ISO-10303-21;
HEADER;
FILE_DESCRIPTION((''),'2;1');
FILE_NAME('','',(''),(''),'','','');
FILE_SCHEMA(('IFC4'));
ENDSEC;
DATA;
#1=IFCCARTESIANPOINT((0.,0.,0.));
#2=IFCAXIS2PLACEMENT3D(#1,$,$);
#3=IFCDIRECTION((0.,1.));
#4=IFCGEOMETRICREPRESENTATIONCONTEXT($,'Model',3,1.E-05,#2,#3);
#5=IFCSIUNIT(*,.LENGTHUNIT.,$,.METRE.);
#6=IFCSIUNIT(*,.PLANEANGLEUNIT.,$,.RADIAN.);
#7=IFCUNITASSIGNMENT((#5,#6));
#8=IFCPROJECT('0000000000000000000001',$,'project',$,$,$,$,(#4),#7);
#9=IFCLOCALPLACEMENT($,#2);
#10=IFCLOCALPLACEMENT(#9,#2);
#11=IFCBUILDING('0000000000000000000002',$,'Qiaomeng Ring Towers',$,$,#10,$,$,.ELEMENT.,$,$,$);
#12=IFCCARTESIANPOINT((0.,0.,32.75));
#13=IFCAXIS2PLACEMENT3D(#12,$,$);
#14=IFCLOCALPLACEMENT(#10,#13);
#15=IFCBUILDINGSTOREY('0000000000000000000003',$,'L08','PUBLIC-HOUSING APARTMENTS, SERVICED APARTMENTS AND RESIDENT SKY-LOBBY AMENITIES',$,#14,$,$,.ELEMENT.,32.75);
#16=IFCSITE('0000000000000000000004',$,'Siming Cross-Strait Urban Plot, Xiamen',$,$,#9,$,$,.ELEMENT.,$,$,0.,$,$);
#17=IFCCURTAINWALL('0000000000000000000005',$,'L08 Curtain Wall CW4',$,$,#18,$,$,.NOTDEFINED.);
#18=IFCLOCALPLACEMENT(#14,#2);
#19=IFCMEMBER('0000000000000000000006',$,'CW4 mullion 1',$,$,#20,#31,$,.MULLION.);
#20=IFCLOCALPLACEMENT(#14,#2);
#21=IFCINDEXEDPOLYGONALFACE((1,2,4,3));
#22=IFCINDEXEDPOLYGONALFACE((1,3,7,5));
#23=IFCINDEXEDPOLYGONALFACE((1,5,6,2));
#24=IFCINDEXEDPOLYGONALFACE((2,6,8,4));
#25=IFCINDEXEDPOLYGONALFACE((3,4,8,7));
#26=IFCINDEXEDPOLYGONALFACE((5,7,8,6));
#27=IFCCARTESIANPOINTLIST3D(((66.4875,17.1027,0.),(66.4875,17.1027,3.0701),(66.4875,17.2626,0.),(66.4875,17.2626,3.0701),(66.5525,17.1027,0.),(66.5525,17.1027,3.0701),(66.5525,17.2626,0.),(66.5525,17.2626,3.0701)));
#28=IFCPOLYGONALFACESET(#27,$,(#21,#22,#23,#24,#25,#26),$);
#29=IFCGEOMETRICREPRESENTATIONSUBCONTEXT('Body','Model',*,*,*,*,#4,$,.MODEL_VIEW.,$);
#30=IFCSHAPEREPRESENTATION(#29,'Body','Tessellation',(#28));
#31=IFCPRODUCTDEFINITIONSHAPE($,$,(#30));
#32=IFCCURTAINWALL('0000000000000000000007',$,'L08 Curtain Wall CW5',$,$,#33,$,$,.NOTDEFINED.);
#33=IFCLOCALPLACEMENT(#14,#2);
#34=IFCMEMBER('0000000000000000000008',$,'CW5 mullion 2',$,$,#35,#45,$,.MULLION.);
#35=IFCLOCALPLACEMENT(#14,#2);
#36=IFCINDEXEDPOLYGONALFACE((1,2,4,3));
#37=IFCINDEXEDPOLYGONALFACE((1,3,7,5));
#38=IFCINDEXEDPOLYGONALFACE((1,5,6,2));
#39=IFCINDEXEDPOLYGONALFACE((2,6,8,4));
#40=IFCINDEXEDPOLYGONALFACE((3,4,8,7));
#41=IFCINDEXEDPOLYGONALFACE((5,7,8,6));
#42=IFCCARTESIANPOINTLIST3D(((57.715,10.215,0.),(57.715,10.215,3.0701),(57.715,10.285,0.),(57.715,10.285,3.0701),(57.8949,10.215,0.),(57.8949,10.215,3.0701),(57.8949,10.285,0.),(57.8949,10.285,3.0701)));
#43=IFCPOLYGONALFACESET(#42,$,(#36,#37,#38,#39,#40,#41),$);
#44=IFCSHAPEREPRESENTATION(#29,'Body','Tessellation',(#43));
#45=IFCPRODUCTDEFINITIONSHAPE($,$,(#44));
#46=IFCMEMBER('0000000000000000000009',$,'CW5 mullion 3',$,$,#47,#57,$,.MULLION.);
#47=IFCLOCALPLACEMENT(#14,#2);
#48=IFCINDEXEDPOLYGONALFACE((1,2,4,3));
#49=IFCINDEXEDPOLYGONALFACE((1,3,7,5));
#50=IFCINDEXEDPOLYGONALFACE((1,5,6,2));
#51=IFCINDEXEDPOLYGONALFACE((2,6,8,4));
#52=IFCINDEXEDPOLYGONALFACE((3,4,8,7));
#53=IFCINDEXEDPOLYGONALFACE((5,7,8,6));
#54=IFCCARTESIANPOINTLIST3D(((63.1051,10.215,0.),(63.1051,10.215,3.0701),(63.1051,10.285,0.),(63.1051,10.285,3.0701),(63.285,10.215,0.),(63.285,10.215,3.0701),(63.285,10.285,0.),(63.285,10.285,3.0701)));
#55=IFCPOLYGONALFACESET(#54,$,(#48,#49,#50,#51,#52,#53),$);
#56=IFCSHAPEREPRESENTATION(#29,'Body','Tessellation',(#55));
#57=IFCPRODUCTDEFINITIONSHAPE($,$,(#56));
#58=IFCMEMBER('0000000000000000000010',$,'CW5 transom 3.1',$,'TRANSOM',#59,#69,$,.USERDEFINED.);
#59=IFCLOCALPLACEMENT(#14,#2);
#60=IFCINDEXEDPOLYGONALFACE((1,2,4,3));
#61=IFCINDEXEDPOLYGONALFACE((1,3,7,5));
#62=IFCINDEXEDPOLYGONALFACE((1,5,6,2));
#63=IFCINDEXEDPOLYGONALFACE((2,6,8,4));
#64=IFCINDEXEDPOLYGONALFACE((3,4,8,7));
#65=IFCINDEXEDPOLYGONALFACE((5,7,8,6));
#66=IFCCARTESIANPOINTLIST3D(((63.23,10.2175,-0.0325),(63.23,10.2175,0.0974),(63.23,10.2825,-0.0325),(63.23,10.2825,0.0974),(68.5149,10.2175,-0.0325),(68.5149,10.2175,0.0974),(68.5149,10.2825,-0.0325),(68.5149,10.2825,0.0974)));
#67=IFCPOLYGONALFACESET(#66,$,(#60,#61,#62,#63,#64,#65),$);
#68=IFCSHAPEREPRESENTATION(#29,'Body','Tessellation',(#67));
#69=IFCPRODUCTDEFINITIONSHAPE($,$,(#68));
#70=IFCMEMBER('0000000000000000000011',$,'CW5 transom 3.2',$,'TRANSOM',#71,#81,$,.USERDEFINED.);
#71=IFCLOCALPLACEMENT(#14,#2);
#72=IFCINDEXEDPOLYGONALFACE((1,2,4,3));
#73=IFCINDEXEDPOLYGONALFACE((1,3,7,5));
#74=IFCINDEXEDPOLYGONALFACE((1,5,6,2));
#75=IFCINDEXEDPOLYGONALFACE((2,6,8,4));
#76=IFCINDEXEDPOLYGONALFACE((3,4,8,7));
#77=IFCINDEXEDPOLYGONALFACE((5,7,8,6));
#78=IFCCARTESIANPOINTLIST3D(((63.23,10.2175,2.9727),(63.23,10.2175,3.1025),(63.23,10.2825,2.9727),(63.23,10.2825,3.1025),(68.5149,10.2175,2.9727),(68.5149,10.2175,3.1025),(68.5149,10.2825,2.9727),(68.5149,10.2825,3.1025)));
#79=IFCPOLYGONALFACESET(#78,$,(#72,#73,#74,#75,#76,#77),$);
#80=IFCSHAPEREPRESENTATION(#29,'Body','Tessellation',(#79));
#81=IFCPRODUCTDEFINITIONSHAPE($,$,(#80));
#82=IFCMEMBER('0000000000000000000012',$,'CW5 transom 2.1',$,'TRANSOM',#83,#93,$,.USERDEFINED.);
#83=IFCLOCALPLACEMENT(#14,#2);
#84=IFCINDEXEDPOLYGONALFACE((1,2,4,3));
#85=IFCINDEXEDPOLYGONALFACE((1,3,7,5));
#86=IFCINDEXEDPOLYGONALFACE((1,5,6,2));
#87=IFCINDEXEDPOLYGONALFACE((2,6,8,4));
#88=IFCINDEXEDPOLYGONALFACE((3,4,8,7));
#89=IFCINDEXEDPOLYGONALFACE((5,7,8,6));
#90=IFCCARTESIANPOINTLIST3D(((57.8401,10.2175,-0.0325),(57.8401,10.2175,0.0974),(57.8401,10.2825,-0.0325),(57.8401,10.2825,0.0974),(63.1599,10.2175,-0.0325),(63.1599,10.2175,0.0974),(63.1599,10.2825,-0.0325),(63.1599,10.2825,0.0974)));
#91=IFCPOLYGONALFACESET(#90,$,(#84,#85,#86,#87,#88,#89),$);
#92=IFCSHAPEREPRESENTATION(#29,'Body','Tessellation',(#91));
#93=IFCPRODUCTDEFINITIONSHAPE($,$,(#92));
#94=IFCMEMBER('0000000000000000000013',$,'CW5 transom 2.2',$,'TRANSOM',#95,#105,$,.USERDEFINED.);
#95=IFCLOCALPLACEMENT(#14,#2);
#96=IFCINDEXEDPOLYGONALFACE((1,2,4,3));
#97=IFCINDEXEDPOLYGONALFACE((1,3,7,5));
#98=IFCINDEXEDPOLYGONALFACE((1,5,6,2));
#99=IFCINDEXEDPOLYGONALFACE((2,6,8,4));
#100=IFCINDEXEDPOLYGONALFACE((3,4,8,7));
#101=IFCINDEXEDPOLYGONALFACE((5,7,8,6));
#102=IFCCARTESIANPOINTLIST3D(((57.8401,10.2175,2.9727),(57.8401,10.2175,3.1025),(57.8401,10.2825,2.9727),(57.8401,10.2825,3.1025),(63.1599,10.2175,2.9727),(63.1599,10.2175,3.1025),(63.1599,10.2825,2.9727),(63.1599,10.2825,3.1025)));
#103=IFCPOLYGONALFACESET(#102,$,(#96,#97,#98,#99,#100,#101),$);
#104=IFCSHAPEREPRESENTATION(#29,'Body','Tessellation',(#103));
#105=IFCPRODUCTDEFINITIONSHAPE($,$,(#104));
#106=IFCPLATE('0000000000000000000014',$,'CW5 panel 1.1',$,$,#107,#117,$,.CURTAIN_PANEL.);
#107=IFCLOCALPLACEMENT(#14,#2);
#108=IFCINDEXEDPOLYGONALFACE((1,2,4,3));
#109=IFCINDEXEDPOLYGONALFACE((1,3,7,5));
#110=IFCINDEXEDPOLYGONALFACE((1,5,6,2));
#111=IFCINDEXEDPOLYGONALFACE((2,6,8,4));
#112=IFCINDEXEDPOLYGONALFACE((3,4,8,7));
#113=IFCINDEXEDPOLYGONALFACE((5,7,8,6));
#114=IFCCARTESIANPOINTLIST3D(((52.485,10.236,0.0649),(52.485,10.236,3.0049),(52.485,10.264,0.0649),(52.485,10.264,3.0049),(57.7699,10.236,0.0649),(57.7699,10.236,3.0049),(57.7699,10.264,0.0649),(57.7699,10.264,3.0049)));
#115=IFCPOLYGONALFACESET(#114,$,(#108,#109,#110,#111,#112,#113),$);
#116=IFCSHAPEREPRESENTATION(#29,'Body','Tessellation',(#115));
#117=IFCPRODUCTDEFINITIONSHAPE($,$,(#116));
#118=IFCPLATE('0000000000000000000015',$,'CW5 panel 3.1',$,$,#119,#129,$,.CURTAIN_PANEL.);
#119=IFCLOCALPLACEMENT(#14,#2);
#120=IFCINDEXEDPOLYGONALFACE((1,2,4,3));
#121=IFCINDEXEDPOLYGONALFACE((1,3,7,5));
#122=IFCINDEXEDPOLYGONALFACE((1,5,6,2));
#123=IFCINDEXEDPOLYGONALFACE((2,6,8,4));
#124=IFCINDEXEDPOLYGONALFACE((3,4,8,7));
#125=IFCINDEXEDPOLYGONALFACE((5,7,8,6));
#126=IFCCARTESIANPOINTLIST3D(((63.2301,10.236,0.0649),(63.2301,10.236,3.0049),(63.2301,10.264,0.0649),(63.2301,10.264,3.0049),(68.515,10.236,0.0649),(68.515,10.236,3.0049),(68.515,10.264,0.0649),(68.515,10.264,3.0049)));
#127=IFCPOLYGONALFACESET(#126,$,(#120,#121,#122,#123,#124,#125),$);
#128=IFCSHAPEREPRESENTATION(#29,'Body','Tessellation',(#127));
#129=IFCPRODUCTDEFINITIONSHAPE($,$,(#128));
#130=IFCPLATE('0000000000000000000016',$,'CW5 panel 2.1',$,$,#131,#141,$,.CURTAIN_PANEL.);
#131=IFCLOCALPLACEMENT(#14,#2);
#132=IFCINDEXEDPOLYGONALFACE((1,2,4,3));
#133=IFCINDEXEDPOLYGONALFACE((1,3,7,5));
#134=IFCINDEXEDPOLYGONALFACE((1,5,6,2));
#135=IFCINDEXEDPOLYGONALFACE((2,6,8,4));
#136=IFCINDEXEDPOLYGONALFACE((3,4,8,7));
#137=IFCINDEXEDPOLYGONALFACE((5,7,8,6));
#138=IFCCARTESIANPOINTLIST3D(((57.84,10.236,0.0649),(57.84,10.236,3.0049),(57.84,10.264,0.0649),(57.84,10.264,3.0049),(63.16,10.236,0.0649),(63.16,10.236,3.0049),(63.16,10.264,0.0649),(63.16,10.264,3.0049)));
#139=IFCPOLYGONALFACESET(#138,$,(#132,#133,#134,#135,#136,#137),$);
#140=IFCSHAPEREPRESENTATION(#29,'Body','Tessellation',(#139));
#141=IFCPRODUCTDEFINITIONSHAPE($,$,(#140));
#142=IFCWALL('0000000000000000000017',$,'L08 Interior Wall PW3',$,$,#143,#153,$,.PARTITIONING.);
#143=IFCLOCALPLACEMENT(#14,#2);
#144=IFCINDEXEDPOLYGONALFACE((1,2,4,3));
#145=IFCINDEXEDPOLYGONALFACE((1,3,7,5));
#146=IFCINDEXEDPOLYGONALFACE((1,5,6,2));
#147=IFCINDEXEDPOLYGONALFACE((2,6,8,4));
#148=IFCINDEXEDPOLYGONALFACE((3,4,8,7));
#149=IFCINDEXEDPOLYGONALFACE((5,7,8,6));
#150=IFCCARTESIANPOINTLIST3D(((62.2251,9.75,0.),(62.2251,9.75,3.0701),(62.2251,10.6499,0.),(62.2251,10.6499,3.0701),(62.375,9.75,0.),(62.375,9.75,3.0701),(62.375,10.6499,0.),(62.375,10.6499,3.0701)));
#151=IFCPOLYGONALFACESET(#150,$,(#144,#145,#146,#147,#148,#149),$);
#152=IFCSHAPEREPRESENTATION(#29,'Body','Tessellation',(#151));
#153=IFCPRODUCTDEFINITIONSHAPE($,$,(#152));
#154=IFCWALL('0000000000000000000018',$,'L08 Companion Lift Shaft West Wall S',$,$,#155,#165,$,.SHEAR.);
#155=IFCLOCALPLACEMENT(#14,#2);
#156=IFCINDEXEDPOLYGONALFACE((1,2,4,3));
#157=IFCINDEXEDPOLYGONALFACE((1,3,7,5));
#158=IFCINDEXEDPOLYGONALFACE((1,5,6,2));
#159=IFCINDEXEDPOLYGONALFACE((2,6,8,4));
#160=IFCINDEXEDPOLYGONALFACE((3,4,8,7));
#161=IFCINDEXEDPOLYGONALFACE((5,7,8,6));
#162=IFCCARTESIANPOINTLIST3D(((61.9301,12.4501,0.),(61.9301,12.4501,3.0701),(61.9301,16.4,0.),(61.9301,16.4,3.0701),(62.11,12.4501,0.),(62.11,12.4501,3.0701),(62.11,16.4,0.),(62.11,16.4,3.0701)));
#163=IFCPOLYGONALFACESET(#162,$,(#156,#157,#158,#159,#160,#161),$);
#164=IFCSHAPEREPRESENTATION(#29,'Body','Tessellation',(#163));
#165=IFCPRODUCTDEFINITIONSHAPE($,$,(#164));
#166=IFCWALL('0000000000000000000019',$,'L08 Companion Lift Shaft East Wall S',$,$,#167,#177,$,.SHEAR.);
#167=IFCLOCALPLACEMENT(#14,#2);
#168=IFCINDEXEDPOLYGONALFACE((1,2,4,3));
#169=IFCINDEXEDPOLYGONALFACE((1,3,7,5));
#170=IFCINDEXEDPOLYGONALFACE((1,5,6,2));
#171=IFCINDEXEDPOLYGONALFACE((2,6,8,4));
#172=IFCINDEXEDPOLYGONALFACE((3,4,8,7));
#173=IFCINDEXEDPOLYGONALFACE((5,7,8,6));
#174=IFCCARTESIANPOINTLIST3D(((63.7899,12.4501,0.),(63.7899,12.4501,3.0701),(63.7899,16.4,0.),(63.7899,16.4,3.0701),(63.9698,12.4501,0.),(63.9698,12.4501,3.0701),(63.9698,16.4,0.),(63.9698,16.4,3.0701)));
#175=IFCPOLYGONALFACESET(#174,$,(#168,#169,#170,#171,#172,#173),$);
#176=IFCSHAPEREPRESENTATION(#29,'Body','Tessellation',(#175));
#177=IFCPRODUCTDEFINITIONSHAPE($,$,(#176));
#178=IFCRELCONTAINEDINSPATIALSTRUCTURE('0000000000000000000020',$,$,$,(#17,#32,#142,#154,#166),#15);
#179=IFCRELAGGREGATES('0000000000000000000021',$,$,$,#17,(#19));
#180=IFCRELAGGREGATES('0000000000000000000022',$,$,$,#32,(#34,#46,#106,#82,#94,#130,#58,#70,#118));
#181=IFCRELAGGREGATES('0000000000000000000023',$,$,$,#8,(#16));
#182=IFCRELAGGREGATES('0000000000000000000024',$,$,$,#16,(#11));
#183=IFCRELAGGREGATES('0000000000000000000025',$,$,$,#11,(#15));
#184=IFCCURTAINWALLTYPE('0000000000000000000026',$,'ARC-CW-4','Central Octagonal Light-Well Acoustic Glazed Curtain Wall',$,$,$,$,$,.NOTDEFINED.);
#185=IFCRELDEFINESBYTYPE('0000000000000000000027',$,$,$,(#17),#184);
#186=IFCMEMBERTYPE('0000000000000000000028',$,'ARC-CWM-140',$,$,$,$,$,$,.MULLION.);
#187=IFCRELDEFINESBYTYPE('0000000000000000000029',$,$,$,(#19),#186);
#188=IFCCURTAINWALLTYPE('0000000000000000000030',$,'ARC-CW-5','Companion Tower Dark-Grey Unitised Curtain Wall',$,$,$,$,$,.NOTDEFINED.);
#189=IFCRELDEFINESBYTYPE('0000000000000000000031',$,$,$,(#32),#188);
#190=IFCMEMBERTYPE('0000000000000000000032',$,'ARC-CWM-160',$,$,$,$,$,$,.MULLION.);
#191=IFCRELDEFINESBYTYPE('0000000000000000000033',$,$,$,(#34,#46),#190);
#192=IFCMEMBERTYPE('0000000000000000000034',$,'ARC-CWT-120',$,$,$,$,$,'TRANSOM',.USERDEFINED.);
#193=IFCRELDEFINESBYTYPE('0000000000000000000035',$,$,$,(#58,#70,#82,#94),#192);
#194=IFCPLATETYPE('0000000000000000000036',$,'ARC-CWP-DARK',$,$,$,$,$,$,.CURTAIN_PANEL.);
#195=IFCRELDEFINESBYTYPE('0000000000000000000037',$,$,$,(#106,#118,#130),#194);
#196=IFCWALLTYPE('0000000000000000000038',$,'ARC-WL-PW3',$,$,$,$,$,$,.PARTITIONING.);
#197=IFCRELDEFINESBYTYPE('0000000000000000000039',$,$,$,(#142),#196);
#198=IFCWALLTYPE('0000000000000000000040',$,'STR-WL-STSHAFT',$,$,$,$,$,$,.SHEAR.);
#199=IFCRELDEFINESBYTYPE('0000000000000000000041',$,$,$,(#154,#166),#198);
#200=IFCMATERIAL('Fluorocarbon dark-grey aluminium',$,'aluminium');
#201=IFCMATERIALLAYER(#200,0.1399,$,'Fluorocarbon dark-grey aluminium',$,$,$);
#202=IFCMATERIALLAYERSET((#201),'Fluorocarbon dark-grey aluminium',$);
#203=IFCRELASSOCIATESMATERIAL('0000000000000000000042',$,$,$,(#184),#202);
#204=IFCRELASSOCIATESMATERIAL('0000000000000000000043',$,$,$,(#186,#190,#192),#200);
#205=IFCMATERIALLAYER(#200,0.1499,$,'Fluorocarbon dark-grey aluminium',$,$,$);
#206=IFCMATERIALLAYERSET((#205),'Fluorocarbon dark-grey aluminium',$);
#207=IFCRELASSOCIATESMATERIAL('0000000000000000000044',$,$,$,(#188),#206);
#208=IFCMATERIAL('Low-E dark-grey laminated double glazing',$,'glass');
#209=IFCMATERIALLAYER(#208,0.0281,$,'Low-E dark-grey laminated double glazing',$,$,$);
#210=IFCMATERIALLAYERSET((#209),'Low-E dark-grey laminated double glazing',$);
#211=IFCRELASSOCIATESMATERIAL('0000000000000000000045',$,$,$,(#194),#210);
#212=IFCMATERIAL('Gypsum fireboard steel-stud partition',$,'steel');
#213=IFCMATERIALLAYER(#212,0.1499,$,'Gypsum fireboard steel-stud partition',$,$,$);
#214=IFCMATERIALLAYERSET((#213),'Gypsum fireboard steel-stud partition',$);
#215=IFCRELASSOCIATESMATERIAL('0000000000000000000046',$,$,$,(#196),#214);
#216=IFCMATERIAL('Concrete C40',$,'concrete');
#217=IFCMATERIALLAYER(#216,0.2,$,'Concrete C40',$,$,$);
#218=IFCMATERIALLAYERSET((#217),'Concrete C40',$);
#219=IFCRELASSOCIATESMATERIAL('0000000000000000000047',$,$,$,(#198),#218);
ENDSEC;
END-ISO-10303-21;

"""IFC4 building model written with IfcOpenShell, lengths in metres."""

from ifc_helpers import new_model, si_unit, direction, frame, frame_2d, origin, origin_2d, place, context, subcontext, project, spatial, rectangle, extrude, source, transform, mapped, material, layer, layer_set, material_profile, profile_set, type_object, element, aggregate, save


model = new_model("IFC4")

# Units and contexts
model_context = context("Model", 3, precision=1e-05, world=origin(), true_north=direction((0.0, 1.0)))
body_context = subcontext(model_context, "Body", "Model", "MODEL_VIEW")
ifc_project = project(units=[si_unit("LENGTHUNIT", "METRE"), si_unit("PLANEANGLEUNIT", "RADIAN")], contexts=[model_context])

# Site, building, storey
site_placement = place(None, origin())
site = spatial("IfcSite", under=ifc_project, at=site_placement, Name="Siming Cross-Strait Urban Plot, Xiamen", CompositionType="ELEMENT", RefElevation=0.0)
building_placement = place(site_placement, origin())
building = spatial("IfcBuilding", under=site, at=building_placement, Name="Qiaomeng Ring Towers", CompositionType="ELEMENT")
storey_placement = place(building_placement, frame((0.0, 0.0, 32.75)))
storey = spatial("IfcBuildingStorey", under=building, at=storey_placement, Name="L08", Description="PUBLIC-HOUSING APARTMENTS, SERVICED APARTMENTS AND RESIDENT SKY-LOBBY AMENITIES", CompositionType="ELEMENT", Elevation=32.75)

# Curtain wall, member
ifc_material_1 = material(Name="Fluorocarbon dark-grey aluminium", Category="aluminium")
ifc_layer_1 = layer(ifc_material_1, 0.1399, Name="Fluorocarbon dark-grey aluminium")
ifc_layer_set_1 = layer_set([ifc_layer_1], Name="Fluorocarbon dark-grey aluminium")
curtain_wall_type_1 = type_object("IfcCurtainWallType", Name="ARC-CW-4", Description="Central Octagonal Light-Well Acoustic Glazed Curtain Wall", PredefinedType="NOTDEFINED", material=ifc_layer_set_1)
curtain_wall_1_placement = place(storey_placement, origin())
curtain_wall_1 = element("IfcCurtainWall", 1, at=curtain_wall_1_placement, inside=storey, type_object=curtain_wall_type_1, Name="L08 Curtain Wall CW4", PredefinedType="NOTDEFINED")
ifc_material_profile_1 = material_profile(ifc_material_1, rectangle(XDim=0.0649, YDim=0.1599, at=origin_2d()), Name="ALU MULL 65x160")
ifc_profile_set_1 = profile_set([ifc_material_profile_1], Name="Fluorocarbon dark-grey aluminium")
member_type_1 = type_object("IfcMemberType", Name="ARC-CWM-140", PredefinedType="MULLION", material=ifc_profile_set_1)
shared_shape_1 = source(origin(), body_context, "Body", "SweptSolid", [
    extrude(rectangle(XDim=0.0649, YDim=0.1599, at=origin_2d()), origin(), (0.0, 0.0, 1.0), 3.0701),
])
member_1_placement = place(storey_placement, frame((66.52, 17.1826, 0.0), z_axis=(0.0, 0.0, 1.0), x_axis=(-1.0, 0.0, 0.0)))
member_1 = element("IfcMember", 2, at=member_1_placement, type_object=member_type_1, Name="CW4 mullion 1", PredefinedType="MULLION", context=body_context, shape_type="MappedRepresentation", body=[
    mapped(shared_shape_1, transform((0.0, 0.0, 0.0), x_axis=(1.0, 0.0, 0.0), y_axis=(0.0, 1.0, 0.0), z_axis=(0.0, 0.0, 1.0), scale=1.0)),
])
aggregate(curtain_wall_1, [member_1])

# Curtain wall, members, plates
ifc_layer_2 = layer(ifc_material_1, 0.1499, Name="Fluorocarbon dark-grey aluminium")
ifc_layer_set_2 = layer_set([ifc_layer_2], Name="Fluorocarbon dark-grey aluminium")
curtain_wall_type_2 = type_object("IfcCurtainWallType", Name="ARC-CW-5", Description="Companion Tower Dark-Grey Unitised Curtain Wall", PredefinedType="NOTDEFINED", material=ifc_layer_set_2)
curtain_wall_2_placement = place(storey_placement, origin())
curtain_wall_2 = element("IfcCurtainWall", 3, at=curtain_wall_2_placement, inside=storey, type_object=curtain_wall_type_2, Name="L08 Curtain Wall CW5", PredefinedType="NOTDEFINED")
ifc_material_profile_2 = material_profile(ifc_material_1, rectangle(XDim=0.0701, YDim=0.1799, at=origin_2d()), Name="ALU MULL 70x180")
ifc_profile_set_2 = profile_set([ifc_material_profile_2], Name="Fluorocarbon dark-grey aluminium")
member_type_2 = type_object("IfcMemberType", Name="ARC-CWM-160", PredefinedType="MULLION", material=ifc_profile_set_2)
shared_shape_2 = source(origin(), body_context, "Body", "SweptSolid", [
    extrude(rectangle(XDim=0.0701, YDim=0.1799, at=origin_2d()), origin(), (0.0, 0.0, 1.0), 3.0701),
])
member_2_placement = place(storey_placement, frame((57.8049, 10.25, 0.0), z_axis=(0.0, 0.0, 1.0), x_axis=(0.0, 1.0, 0.0)))
member_2 = element("IfcMember", 4, at=member_2_placement, type_object=member_type_2, Name="CW5 mullion 2", PredefinedType="MULLION", context=body_context, shape_type="MappedRepresentation", body=[
    mapped(shared_shape_2, transform((0.0, 0.0, 0.0), x_axis=(1.0, 0.0, 0.0), y_axis=(0.0, 1.0, 0.0), z_axis=(0.0, 0.0, 1.0), scale=1.0)),
])
member_3_placement = place(storey_placement, frame((63.1951, 10.25, 0.0), z_axis=(0.0, 0.0, 1.0), x_axis=(0.0, 1.0, 0.0)))
member_3 = element("IfcMember", 5, at=member_3_placement, type_object=member_type_2, Name="CW5 mullion 3", PredefinedType="MULLION", context=body_context, shape_type="MappedRepresentation", body=[
    mapped(shared_shape_2, transform((0.0, 0.0, 0.0), x_axis=(1.0, 0.0, 0.0), y_axis=(0.0, 1.0, 0.0), z_axis=(0.0, 0.0, 1.0), scale=1.0)),
])
ifc_material_profile_3 = material_profile(ifc_material_1, rectangle(XDim=0.0649, YDim=0.1299, at=origin_2d()), Name="ALU TRAN 65x130")
ifc_profile_set_3 = profile_set([ifc_material_profile_3], Name="Fluorocarbon dark-grey aluminium")
member_type_3 = type_object("IfcMemberType", Name="ARC-CWT-120", ElementType="TRANSOM", PredefinedType="USERDEFINED", material=ifc_profile_set_3)
shared_shape_3 = source(origin(), body_context, "Body", "SweptSolid", [
    extrude(rectangle(XDim=0.0649, YDim=0.1299, at=origin_2d()), origin(), (0.0, 0.0, 1.0), 5.2849),
])
member_4_placement = place(storey_placement, frame((63.23, 10.25, 0.0325), z_axis=(1.0, 0.0, 0.0), x_axis=(0.0, 1.0, 0.0)))
member_4 = element("IfcMember", 6, at=member_4_placement, type_object=member_type_3, Name="CW5 transom 3.1", ObjectType="TRANSOM", PredefinedType="USERDEFINED", context=body_context, shape_type="MappedRepresentation", body=[
    mapped(shared_shape_3, transform((0.0, 0.0, 0.0), x_axis=(1.0, 0.0, 0.0), y_axis=(0.0, 1.0, 0.0), z_axis=(0.0, 0.0, 1.0), scale=1.0)),
])
member_5_placement = place(storey_placement, frame((63.23, 10.25, 3.0376), z_axis=(1.0, 0.0, 0.0), x_axis=(0.0, 1.0, 0.0)))
member_5 = element("IfcMember", 7, at=member_5_placement, type_object=member_type_3, Name="CW5 transom 3.2", ObjectType="TRANSOM", PredefinedType="USERDEFINED", context=body_context, shape_type="MappedRepresentation", body=[
    mapped(shared_shape_3, transform((0.0, 0.0, 0.0), x_axis=(1.0, 0.0, 0.0), y_axis=(0.0, 1.0, 0.0), z_axis=(0.0, 0.0, 1.0), scale=1.0)),
])
shared_shape_4 = source(origin(), body_context, "Body", "SweptSolid", [
    extrude(rectangle(XDim=0.0649, YDim=0.1299, at=origin_2d()), origin(), (0.0, 0.0, 1.0), 5.3198),
])
member_6_placement = place(storey_placement, frame((57.8401, 10.25, 0.0325), z_axis=(1.0, 0.0, 0.0), x_axis=(0.0, 1.0, 0.0)))
member_6 = element("IfcMember", 8, at=member_6_placement, type_object=member_type_3, Name="CW5 transom 2.1", ObjectType="TRANSOM", PredefinedType="USERDEFINED", context=body_context, shape_type="MappedRepresentation", body=[
    mapped(shared_shape_4, transform((0.0, 0.0, 0.0), x_axis=(1.0, 0.0, 0.0), y_axis=(0.0, 1.0, 0.0), z_axis=(0.0, 0.0, 1.0), scale=1.0)),
])
member_7_placement = place(storey_placement, frame((57.8401, 10.25, 3.0376), z_axis=(1.0, 0.0, 0.0), x_axis=(0.0, 1.0, 0.0)))
member_7 = element("IfcMember", 9, at=member_7_placement, type_object=member_type_3, Name="CW5 transom 2.2", ObjectType="TRANSOM", PredefinedType="USERDEFINED", context=body_context, shape_type="MappedRepresentation", body=[
    mapped(shared_shape_4, transform((0.0, 0.0, 0.0), x_axis=(1.0, 0.0, 0.0), y_axis=(0.0, 1.0, 0.0), z_axis=(0.0, 0.0, 1.0), scale=1.0)),
])
ifc_material_2 = material(Name="Low-E dark-grey laminated double glazing", Category="glass")
ifc_layer_3 = layer(ifc_material_2, 0.0281, Name="Low-E dark-grey laminated double glazing")
ifc_layer_set_3 = layer_set([ifc_layer_3], Name="Low-E dark-grey laminated double glazing")
plate_type = type_object("IfcPlateType", Name="ARC-CWP-DARK", PredefinedType="CURTAIN_PANEL", material=ifc_layer_set_3)
shared_shape_5 = source(origin(), body_context, "Body", "SweptSolid", [
    extrude(rectangle(XDim=5.2849, YDim=0.0281, at=origin_2d()), origin(), (0.0, 0.0, 1.0), 2.9399),
])
plate_1_placement = place(storey_placement, frame((55.1274, 10.25, 0.0649), z_axis=(0.0, 0.0, 1.0), x_axis=(1.0, 0.0, 0.0)))
plate_1 = element("IfcPlate", 10, at=plate_1_placement, type_object=plate_type, Name="CW5 panel 1.1", PredefinedType="CURTAIN_PANEL", context=body_context, shape_type="MappedRepresentation", body=[
    mapped(shared_shape_5, transform((0.0, 0.0, 0.0), x_axis=(1.0, 0.0, 0.0), y_axis=(0.0, 1.0, 0.0), z_axis=(0.0, 0.0, 1.0), scale=1.0)),
])
plate_2_placement = place(storey_placement, frame((65.8726, 10.25, 0.0649), z_axis=(0.0, 0.0, 1.0), x_axis=(1.0, 0.0, 0.0)))
plate_2 = element("IfcPlate", 11, at=plate_2_placement, type_object=plate_type, Name="CW5 panel 3.1", PredefinedType="CURTAIN_PANEL", context=body_context, shape_type="MappedRepresentation", body=[
    mapped(shared_shape_5, transform((0.0, 0.0, 0.0), x_axis=(1.0, 0.0, 0.0), y_axis=(0.0, 1.0, 0.0), z_axis=(0.0, 0.0, 1.0), scale=1.0)),
])
shared_shape_6 = source(origin(), body_context, "Body", "SweptSolid", [
    extrude(rectangle(XDim=5.3201, YDim=0.0281, at=origin_2d()), origin(), (0.0, 0.0, 1.0), 2.9399),
])
plate_3_placement = place(storey_placement, frame((60.5, 10.25, 0.0649), z_axis=(0.0, 0.0, 1.0), x_axis=(1.0, 0.0, 0.0)))
plate_3 = element("IfcPlate", 12, at=plate_3_placement, type_object=plate_type, Name="CW5 panel 2.1", PredefinedType="CURTAIN_PANEL", context=body_context, shape_type="MappedRepresentation", body=[
    mapped(shared_shape_6, transform((0.0, 0.0, 0.0), x_axis=(1.0, 0.0, 0.0), y_axis=(0.0, 1.0, 0.0), z_axis=(0.0, 0.0, 1.0), scale=1.0)),
])
aggregate(curtain_wall_2, [member_2, member_3, plate_1, member_6, member_7, plate_3, member_4, member_5, plate_2])

# Walls
ifc_material_3 = material(Name="Gypsum fireboard steel-stud partition", Category="steel")
ifc_layer_4 = layer(ifc_material_3, 0.1499, Name="Gypsum fireboard steel-stud partition")
ifc_layer_set_4 = layer_set([ifc_layer_4], Name="Gypsum fireboard steel-stud partition")
wall_type_1 = type_object("IfcWallType", Name="ARC-WL-PW3", PredefinedType="PARTITIONING", material=ifc_layer_set_4)
wall_1_placement = place(storey_placement, frame((62.3, 9.75, 0.0), z_axis=(0.0, 0.0, 1.0), x_axis=(0.0, 1.0, 0.0)))
element("IfcWall", 13, at=wall_1_placement, inside=storey, type_object=wall_type_1, Name="L08 Interior Wall PW3", PredefinedType="PARTITIONING", context=body_context, shape_type="SweptSolid", body=[
    extrude(rectangle(XDim=0.8999, YDim=0.1499, at=frame_2d((0.45, 0.0))), origin(), (0.0, 0.0, 1.0), 3.0701),
])
ifc_material_4 = material(Name="Concrete C40", Category="concrete")
ifc_layer_5 = layer(ifc_material_4, 0.2, Name="Concrete C40")
ifc_layer_set_5 = layer_set([ifc_layer_5], Name="Concrete C40")
wall_type_2 = type_object("IfcWallType", Name="STR-WL-STSHAFT", PredefinedType="SHEAR", material=ifc_layer_set_5)
for number, where, z_axis, x_axis, name in (
    (14, (62.02, 12.45, 0.0), (0.0, 0.0, 1.0), (0.0, 1.0, 0.0), "L08 Companion Lift Shaft West Wall S"),
    (15, (63.8799, 12.45, 0.0), (0.0, 0.0, 1.0), (0.0, 1.0, 0.0), "L08 Companion Lift Shaft East Wall S"),
):
    element("IfcWall", number, at=place(storey_placement, frame(where, z_axis=z_axis, x_axis=x_axis)), inside=storey, type_object=wall_type_2, Name=name, PredefinedType="SHEAR", context=body_context, shape_type="SweptSolid", body=[
        extrude(rectangle(XDim=3.95, YDim=0.1799, at=frame_2d((1.9751, 0.0))), origin(), (0.0, 0.0, 1.0), 3.0701),
    ])

save(model, "model.ifc")
